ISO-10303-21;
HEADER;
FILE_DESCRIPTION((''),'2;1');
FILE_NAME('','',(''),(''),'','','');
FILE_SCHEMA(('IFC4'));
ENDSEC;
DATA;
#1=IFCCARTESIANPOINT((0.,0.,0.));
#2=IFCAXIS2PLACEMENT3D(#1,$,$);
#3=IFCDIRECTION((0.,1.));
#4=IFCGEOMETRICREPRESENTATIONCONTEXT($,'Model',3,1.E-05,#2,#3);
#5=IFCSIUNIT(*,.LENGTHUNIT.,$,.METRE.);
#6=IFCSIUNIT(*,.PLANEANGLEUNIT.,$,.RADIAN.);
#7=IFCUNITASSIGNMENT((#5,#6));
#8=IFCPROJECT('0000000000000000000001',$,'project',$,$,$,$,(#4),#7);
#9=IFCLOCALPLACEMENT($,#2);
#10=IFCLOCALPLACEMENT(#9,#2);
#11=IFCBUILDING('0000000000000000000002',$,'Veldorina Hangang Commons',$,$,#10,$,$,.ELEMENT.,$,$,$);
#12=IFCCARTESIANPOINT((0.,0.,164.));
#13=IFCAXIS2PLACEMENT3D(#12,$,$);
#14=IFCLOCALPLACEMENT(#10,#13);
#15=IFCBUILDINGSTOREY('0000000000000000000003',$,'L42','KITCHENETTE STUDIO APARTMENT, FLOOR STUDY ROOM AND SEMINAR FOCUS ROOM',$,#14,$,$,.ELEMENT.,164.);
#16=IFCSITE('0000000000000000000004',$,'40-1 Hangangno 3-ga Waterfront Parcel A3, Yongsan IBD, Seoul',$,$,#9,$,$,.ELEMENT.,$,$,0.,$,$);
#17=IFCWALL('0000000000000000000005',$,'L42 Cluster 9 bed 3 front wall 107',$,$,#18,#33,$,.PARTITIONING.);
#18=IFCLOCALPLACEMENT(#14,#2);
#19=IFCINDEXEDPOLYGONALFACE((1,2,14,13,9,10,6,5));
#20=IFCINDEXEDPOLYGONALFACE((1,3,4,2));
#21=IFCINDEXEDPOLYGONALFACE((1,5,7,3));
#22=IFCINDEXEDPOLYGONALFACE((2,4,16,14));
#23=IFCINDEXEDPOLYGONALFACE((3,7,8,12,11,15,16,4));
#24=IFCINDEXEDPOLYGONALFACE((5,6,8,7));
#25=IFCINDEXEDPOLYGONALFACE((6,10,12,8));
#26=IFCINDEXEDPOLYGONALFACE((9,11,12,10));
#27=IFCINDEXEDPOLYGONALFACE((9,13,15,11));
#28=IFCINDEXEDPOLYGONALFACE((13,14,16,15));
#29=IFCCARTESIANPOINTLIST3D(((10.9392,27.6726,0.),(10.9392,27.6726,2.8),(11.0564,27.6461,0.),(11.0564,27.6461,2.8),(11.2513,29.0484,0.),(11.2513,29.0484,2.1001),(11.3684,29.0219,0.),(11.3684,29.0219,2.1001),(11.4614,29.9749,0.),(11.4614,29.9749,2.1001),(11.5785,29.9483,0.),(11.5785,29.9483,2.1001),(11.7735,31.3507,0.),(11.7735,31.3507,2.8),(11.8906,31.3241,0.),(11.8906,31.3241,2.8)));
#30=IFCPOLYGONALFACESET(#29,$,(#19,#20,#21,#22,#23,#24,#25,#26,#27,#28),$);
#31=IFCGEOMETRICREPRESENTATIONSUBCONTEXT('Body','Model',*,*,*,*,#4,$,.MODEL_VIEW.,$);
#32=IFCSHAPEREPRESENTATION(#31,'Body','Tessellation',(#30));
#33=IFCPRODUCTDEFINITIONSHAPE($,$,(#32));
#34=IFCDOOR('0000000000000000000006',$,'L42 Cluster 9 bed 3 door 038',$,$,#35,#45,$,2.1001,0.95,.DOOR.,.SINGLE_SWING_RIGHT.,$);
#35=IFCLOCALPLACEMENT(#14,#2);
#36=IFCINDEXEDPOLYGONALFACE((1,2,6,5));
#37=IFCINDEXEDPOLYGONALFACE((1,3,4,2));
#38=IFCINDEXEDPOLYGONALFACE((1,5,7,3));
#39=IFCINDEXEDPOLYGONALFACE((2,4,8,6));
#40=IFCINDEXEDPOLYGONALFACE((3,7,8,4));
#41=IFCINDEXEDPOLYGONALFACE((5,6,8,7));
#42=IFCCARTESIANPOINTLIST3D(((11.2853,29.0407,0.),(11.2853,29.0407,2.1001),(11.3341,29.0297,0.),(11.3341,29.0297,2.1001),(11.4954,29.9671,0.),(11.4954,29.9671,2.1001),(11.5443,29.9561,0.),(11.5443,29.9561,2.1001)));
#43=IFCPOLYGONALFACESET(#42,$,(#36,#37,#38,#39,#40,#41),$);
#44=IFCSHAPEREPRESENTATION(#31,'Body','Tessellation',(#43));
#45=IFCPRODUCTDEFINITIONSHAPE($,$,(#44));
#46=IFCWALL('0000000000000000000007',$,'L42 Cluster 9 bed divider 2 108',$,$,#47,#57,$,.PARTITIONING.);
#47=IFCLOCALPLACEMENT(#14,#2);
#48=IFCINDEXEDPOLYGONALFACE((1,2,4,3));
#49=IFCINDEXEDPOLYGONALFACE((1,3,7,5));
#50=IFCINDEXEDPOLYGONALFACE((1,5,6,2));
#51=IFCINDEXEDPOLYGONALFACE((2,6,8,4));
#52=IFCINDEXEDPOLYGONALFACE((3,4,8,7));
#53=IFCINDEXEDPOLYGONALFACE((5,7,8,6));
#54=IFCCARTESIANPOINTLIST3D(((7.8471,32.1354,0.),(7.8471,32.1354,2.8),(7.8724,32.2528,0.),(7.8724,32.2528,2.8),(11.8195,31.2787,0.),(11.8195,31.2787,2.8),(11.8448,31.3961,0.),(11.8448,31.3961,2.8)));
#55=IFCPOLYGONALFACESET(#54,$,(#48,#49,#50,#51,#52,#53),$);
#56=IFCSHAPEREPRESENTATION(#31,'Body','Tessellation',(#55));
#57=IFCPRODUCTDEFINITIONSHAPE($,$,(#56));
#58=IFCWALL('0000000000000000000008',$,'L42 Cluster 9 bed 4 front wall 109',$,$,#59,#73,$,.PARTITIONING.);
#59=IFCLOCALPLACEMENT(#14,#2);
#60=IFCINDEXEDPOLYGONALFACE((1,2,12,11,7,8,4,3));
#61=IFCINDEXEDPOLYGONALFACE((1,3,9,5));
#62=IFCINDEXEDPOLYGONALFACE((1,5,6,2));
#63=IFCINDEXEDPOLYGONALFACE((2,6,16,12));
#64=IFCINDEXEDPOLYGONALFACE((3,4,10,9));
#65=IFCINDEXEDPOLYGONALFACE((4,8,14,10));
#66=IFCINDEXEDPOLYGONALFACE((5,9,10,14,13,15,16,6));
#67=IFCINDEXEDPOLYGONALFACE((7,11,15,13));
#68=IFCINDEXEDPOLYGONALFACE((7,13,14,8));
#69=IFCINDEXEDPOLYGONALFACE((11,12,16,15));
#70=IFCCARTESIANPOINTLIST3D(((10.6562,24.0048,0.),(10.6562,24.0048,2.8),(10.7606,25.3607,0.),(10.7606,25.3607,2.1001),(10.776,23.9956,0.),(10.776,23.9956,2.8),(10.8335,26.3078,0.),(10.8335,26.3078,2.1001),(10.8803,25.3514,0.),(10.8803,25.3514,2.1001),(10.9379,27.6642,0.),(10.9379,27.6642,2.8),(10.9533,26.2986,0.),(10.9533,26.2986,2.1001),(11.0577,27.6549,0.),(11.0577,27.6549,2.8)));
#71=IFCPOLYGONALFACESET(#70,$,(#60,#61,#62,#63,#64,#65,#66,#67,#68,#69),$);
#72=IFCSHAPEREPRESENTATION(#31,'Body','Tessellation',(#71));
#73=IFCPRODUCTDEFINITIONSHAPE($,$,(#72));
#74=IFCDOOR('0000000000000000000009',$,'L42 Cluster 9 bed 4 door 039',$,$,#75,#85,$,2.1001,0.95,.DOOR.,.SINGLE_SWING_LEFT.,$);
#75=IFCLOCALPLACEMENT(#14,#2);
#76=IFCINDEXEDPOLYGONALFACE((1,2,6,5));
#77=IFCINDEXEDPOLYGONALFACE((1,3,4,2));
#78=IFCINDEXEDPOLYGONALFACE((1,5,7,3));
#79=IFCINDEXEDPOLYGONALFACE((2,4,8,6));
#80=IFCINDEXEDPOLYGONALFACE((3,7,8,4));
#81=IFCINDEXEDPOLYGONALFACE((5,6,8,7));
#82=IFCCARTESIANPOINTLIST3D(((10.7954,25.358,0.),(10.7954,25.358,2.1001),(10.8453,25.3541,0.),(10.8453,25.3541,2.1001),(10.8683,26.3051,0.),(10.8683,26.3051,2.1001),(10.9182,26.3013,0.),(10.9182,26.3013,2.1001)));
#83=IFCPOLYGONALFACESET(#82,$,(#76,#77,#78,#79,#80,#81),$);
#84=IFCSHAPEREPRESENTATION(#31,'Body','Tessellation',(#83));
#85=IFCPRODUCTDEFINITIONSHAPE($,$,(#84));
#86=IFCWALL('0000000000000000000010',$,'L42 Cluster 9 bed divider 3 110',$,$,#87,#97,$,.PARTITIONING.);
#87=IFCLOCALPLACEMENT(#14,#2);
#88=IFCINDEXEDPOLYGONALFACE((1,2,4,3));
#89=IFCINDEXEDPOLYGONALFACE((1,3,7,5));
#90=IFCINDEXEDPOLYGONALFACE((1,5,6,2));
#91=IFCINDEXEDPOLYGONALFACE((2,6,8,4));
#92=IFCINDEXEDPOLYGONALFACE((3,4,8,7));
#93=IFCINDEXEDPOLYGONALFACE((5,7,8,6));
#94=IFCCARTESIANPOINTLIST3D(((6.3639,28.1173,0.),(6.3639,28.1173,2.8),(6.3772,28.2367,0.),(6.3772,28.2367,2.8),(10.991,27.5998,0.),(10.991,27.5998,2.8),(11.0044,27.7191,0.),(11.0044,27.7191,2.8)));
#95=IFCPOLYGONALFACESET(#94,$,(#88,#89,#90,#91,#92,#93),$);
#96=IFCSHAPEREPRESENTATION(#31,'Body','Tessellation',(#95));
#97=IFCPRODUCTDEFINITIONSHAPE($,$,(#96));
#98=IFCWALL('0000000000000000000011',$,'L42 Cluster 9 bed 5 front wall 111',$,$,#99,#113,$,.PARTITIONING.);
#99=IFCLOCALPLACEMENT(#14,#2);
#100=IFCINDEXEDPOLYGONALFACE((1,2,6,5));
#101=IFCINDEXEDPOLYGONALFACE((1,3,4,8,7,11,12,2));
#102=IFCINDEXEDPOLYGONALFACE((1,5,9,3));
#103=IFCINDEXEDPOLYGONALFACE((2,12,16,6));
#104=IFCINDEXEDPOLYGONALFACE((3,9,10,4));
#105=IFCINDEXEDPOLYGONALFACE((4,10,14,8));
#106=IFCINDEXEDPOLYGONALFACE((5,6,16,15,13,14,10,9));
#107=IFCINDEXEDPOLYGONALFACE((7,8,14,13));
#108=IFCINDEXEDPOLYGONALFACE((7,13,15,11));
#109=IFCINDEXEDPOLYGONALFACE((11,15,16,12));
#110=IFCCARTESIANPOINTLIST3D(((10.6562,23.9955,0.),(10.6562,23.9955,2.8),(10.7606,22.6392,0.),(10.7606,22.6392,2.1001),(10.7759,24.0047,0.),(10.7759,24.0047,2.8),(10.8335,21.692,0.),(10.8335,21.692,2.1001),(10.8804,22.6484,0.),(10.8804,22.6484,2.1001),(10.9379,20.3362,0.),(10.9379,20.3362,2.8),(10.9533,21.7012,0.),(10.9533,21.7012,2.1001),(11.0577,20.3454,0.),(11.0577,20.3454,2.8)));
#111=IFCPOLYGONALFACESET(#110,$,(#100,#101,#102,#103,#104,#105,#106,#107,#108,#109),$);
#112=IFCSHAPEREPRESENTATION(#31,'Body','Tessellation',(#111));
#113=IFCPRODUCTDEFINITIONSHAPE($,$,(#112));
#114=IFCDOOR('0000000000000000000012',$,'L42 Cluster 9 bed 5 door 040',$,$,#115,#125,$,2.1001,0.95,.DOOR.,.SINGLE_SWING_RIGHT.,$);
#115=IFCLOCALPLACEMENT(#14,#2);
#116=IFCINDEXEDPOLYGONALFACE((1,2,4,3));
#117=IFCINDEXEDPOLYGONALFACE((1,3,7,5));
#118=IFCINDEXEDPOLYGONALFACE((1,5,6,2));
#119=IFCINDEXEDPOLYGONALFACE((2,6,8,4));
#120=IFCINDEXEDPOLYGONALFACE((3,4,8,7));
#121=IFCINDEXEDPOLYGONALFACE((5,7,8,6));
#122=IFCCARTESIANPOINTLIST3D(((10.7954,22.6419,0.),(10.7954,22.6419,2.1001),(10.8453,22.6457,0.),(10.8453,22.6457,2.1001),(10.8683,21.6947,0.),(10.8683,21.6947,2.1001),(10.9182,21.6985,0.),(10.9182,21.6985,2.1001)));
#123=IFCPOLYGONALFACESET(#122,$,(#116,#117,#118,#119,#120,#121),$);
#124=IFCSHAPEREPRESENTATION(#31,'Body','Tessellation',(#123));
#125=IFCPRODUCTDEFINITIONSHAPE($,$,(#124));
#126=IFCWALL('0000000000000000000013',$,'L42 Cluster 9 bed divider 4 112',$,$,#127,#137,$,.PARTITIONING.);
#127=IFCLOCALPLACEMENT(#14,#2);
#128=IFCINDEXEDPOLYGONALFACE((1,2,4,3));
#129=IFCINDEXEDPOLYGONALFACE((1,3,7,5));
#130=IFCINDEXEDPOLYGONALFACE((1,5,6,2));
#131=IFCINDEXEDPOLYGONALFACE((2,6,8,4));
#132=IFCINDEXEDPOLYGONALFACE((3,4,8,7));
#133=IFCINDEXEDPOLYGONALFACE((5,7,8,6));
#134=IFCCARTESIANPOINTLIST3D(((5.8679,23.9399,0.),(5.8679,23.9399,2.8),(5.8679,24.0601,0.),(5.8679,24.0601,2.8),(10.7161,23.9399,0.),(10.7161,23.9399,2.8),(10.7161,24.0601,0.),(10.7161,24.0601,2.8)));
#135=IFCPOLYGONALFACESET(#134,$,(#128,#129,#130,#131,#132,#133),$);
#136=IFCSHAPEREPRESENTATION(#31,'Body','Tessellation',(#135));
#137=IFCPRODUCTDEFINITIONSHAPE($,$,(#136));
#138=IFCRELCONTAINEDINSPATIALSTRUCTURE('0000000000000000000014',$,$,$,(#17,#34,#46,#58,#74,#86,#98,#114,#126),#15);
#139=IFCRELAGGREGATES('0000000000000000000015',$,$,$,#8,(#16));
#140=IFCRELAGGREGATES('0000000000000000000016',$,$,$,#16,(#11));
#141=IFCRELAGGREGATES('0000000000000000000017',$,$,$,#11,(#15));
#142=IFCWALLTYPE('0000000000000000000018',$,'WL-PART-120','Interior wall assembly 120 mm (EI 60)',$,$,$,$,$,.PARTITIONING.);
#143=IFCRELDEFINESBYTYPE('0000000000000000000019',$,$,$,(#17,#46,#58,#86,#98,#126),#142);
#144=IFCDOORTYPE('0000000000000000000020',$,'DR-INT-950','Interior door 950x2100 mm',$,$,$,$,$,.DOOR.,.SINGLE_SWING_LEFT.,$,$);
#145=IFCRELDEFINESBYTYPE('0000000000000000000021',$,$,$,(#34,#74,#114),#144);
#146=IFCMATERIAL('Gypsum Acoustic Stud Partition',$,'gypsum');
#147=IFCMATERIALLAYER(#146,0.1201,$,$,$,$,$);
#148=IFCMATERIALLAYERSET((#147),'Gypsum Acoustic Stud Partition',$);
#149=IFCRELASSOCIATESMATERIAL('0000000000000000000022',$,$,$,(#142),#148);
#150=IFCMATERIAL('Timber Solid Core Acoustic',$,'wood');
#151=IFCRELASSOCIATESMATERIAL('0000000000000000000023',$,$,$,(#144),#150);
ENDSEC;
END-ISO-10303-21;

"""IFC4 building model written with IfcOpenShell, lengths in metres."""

from ifc_helpers import new_model, si_unit, direction, frame, frame_2d, origin, place, context, subcontext, project, spatial, rectangle, extrude, material, layer, layer_set, type_object, element, fill, save


model = new_model("IFC4")

# Units and contexts
model_context = context("Model", 3, precision=1e-05, world=origin(), true_north=direction((0.0, 1.0)))
body_context = subcontext(model_context, "Body", "Model", "MODEL_VIEW")
ifc_project = project(units=[si_unit("LENGTHUNIT", "METRE"), si_unit("PLANEANGLEUNIT", "RADIAN")], contexts=[model_context])

# Site, building, storey
site_placement = place(None, origin())
site = spatial("IfcSite", under=ifc_project, at=site_placement, Name="40-1 Hangangno 3-ga Waterfront Parcel A3, Yongsan IBD, Seoul", CompositionType="ELEMENT", RefElevation=0.0)
building_placement = place(site_placement, origin())
building = spatial("IfcBuilding", under=site, at=building_placement, Name="Veldorina Hangang Commons", CompositionType="ELEMENT")
storey_placement = place(building_placement, frame((0.0, 0.0, 164.0)))
storey = spatial("IfcBuildingStorey", under=building, at=storey_placement, Name="L42", Description="KITCHENETTE STUDIO APARTMENT, FLOOR STUDY ROOM AND SEMINAR FOCUS ROOM", CompositionType="ELEMENT", Elevation=164.0)

# Wall, opening, door
ifc_material_1 = material(Name="Gypsum Acoustic Stud Partition", Category="gypsum")
ifc_layer_1 = layer(ifc_material_1, 0.1201)
ifc_layer_set_1 = layer_set([ifc_layer_1], Name="Gypsum Acoustic Stud Partition")
wall_type_1 = type_object("IfcWallType", Name="WL-PART-120", Description="Interior wall assembly 120 mm (EI 60)", PredefinedType="PARTITIONING", material=ifc_layer_set_1)
wall_1_placement = place(storey_placement, frame((11.832, 31.3374, 0.0), z_axis=(0.0, 0.0, 1.0), x_axis=(-0.221199, -0.975229, 0.0)))
wall_1 = element("IfcWall", 1, at=wall_1_placement, inside=storey, type_object=wall_type_1, Name="L42 Cluster 9 bed 3 front wall 107", PredefinedType="PARTITIONING", context=body_context, shape_type="SweptSolid", body=[
    extrude(rectangle(XDim=3.7715, YDim=0.1201, at=frame_2d((1.8857, 0.0))), origin(), (0.0, 0.0, 1.0), 2.8),
])
opening_1_placement = place(wall_1_placement, frame((1.4106, 0.0, 0.0)))
opening_1 = element("IfcOpeningElement", 2, at=opening_1_placement, cuts=wall_1, PredefinedType="OPENING", context=body_context, shape_type="SweptSolid", body=[
    extrude(rectangle(XDim=0.95, YDim=2.1001, at=frame_2d((0.4751, 1.05))), frame((0.0, 0.0701, 0.0), z_axis=(0.0, -1.0, 0.0), x_axis=(1.0, 0.0, 0.0)), (0.0, 0.0, 1.0), 0.1401),
])
ifc_material_2 = material(Name="Timber Solid Core Acoustic", Category="wood")
door_type = type_object("IfcDoorType", Name="DR-INT-950", Description="Interior door 950x2100 mm", OperationType="SINGLE_SWING_LEFT", PredefinedType="DOOR", material=ifc_material_2)
door_1_placement = place(opening_1_placement, origin())
door_1 = element("IfcDoor", 3, at=door_1_placement, inside=storey, type_object=door_type, Name="L42 Cluster 9 bed 3 door 038", OperationType="SINGLE_SWING_RIGHT", OverallHeight=2.1001, OverallWidth=0.95, PredefinedType="DOOR", context=body_context, shape_type="SweptSolid", body=[
    extrude(rectangle(XDim=0.95, YDim=2.1001, at=frame_2d((0.4751, 1.05))), frame((0.0, 0.0249, 0.0), z_axis=(0.0, -1.0, 0.0), x_axis=(1.0, 0.0, 0.0)), (0.0, 0.0, 1.0), 0.05),
])
fill(opening_1, door_1)

# Wall
wall_2_placement = place(storey_placement, frame((11.832, 31.3374, 0.0), z_axis=(0.0, 0.0, 1.0), x_axis=(-0.977526, 0.210813, 0.0)))
element("IfcWall", 4, at=wall_2_placement, inside=storey, type_object=wall_type_1, Name="L42 Cluster 9 bed divider 2 108", PredefinedType="PARTITIONING", context=body_context, shape_type="SweptSolid", body=[
    extrude(rectangle(XDim=4.0637, YDim=0.1201, at=frame_2d((2.0317, 0.0))), origin(), (0.0, 0.0, 1.0), 2.8),
])

# Wall, opening, door
wall_3_placement = place(storey_placement, frame((10.9978, 27.6594, 0.0), z_axis=(0.0, 0.0, 1.0), x_axis=(-0.076763, -0.997049, 0.0)))
wall_3 = element("IfcWall", 5, at=wall_3_placement, inside=storey, type_object=wall_type_1, Name="L42 Cluster 9 bed 4 front wall 109", PredefinedType="PARTITIONING", context=body_context, shape_type="SweptSolid", body=[
    extrude(rectangle(XDim=3.6702, YDim=0.1201, at=frame_2d((1.835, 0.0))), origin(), (0.0, 0.0, 1.0), 2.8),
])
opening_2_placement = place(wall_3_placement, frame((1.3601, 0.0, 0.0)))
opening_2 = element("IfcOpeningElement", 6, at=opening_2_placement, cuts=wall_3, PredefinedType="OPENING", context=body_context, shape_type="SweptSolid", body=[
    extrude(rectangle(XDim=0.95, YDim=2.1001, at=frame_2d((0.4751, 1.05))), frame((0.0, 0.0701, 0.0), z_axis=(0.0, -1.0, 0.0), x_axis=(1.0, 0.0, 0.0)), (0.0, 0.0, 1.0), 0.1401),
])
door_2_placement = place(opening_2_placement, origin())
door_2 = element("IfcDoor", 7, at=door_2_placement, inside=storey, type_object=door_type, Name="L42 Cluster 9 bed 4 door 039", OperationType="SINGLE_SWING_LEFT", OverallHeight=2.1001, OverallWidth=0.95, PredefinedType="DOOR", context=body_context, shape_type="SweptSolid", body=[
    extrude(rectangle(XDim=0.95, YDim=2.1001, at=frame_2d((0.4751, 1.05))), frame((0.0, 0.0249, 0.0), z_axis=(0.0, -1.0, 0.0), x_axis=(1.0, 0.0, 0.0)), (0.0, 0.0, 1.0), 0.05),
])
fill(opening_2, door_2)

# Wall
wall_4_placement = place(storey_placement, frame((10.9978, 27.6594, 0.0), z_axis=(0.0, 0.0, 1.0), x_axis=(-0.993802, 0.111162, 0.0)))
element("IfcWall", 8, at=wall_4_placement, inside=storey, type_object=wall_type_1, Name="L42 Cluster 9 bed divider 3 110", PredefinedType="PARTITIONING", context=body_context, shape_type="SweptSolid", body=[
    extrude(rectangle(XDim=4.656, YDim=0.1201, at=frame_2d((2.3281, 0.0))), origin(), (0.0, 0.0, 1.0), 2.8),
])

# Wall, opening, door
wall_5_placement = place(storey_placement, frame((10.7161, 24.0, 0.0), z_axis=(0.0, 0.0, 1.0), x_axis=(0.076763, -0.997049, 0.0)))
wall_5 = element("IfcWall", 9, at=wall_5_placement, inside=storey, type_object=wall_type_1, Name="L42 Cluster 9 bed 5 front wall 111", PredefinedType="PARTITIONING", context=body_context, shape_type="SweptSolid", body=[
    extrude(rectangle(XDim=3.6702, YDim=0.1201, at=frame_2d((1.835, 0.0))), origin(), (0.0, 0.0, 1.0), 2.8),
])
opening_3_placement = place(wall_5_placement, frame((1.3601, 0.0, 0.0)))
opening_3 = element("IfcOpeningElement", 10, at=opening_3_placement, cuts=wall_5, PredefinedType="OPENING", context=body_context, shape_type="SweptSolid", body=[
    extrude(rectangle(XDim=0.95, YDim=2.1001, at=frame_2d((0.4751, 1.05))), frame((0.0, 0.0701, 0.0), z_axis=(0.0, -1.0, 0.0), x_axis=(1.0, 0.0, 0.0)), (0.0, 0.0, 1.0), 0.1401),
])
door_3_placement = place(opening_3_placement, origin())
door_3 = element("IfcDoor", 11, at=door_3_placement, inside=storey, type_object=door_type, Name="L42 Cluster 9 bed 5 door 040", OperationType="SINGLE_SWING_RIGHT", OverallHeight=2.1001, OverallWidth=0.95, PredefinedType="DOOR", context=body_context, shape_type="SweptSolid", body=[
    extrude(rectangle(XDim=0.95, YDim=2.1001, at=frame_2d((0.4751, 1.05))), frame((0.0, 0.0249, 0.0), z_axis=(0.0, -1.0, 0.0), x_axis=(1.0, 0.0, 0.0)), (0.0, 0.0, 1.0), 0.05),
])
fill(opening_3, door_3)

# Wall
wall_6_placement = place(storey_placement, frame((10.7161, 24.0, 0.0), z_axis=(0.0, 0.0, 1.0), x_axis=(-1.0, 0.0, 0.0)))
element("IfcWall", 12, at=wall_6_placement, inside=storey, type_object=wall_type_1, Name="L42 Cluster 9 bed divider 4 112", PredefinedType="PARTITIONING", context=body_context, shape_type="SweptSolid", body=[
    extrude(rectangle(XDim=4.8481, YDim=0.1201, at=frame_2d((2.4241, 0.0))), origin(), (0.0, 0.0, 1.0), 2.8),
])

save(model, "model.ifc")
